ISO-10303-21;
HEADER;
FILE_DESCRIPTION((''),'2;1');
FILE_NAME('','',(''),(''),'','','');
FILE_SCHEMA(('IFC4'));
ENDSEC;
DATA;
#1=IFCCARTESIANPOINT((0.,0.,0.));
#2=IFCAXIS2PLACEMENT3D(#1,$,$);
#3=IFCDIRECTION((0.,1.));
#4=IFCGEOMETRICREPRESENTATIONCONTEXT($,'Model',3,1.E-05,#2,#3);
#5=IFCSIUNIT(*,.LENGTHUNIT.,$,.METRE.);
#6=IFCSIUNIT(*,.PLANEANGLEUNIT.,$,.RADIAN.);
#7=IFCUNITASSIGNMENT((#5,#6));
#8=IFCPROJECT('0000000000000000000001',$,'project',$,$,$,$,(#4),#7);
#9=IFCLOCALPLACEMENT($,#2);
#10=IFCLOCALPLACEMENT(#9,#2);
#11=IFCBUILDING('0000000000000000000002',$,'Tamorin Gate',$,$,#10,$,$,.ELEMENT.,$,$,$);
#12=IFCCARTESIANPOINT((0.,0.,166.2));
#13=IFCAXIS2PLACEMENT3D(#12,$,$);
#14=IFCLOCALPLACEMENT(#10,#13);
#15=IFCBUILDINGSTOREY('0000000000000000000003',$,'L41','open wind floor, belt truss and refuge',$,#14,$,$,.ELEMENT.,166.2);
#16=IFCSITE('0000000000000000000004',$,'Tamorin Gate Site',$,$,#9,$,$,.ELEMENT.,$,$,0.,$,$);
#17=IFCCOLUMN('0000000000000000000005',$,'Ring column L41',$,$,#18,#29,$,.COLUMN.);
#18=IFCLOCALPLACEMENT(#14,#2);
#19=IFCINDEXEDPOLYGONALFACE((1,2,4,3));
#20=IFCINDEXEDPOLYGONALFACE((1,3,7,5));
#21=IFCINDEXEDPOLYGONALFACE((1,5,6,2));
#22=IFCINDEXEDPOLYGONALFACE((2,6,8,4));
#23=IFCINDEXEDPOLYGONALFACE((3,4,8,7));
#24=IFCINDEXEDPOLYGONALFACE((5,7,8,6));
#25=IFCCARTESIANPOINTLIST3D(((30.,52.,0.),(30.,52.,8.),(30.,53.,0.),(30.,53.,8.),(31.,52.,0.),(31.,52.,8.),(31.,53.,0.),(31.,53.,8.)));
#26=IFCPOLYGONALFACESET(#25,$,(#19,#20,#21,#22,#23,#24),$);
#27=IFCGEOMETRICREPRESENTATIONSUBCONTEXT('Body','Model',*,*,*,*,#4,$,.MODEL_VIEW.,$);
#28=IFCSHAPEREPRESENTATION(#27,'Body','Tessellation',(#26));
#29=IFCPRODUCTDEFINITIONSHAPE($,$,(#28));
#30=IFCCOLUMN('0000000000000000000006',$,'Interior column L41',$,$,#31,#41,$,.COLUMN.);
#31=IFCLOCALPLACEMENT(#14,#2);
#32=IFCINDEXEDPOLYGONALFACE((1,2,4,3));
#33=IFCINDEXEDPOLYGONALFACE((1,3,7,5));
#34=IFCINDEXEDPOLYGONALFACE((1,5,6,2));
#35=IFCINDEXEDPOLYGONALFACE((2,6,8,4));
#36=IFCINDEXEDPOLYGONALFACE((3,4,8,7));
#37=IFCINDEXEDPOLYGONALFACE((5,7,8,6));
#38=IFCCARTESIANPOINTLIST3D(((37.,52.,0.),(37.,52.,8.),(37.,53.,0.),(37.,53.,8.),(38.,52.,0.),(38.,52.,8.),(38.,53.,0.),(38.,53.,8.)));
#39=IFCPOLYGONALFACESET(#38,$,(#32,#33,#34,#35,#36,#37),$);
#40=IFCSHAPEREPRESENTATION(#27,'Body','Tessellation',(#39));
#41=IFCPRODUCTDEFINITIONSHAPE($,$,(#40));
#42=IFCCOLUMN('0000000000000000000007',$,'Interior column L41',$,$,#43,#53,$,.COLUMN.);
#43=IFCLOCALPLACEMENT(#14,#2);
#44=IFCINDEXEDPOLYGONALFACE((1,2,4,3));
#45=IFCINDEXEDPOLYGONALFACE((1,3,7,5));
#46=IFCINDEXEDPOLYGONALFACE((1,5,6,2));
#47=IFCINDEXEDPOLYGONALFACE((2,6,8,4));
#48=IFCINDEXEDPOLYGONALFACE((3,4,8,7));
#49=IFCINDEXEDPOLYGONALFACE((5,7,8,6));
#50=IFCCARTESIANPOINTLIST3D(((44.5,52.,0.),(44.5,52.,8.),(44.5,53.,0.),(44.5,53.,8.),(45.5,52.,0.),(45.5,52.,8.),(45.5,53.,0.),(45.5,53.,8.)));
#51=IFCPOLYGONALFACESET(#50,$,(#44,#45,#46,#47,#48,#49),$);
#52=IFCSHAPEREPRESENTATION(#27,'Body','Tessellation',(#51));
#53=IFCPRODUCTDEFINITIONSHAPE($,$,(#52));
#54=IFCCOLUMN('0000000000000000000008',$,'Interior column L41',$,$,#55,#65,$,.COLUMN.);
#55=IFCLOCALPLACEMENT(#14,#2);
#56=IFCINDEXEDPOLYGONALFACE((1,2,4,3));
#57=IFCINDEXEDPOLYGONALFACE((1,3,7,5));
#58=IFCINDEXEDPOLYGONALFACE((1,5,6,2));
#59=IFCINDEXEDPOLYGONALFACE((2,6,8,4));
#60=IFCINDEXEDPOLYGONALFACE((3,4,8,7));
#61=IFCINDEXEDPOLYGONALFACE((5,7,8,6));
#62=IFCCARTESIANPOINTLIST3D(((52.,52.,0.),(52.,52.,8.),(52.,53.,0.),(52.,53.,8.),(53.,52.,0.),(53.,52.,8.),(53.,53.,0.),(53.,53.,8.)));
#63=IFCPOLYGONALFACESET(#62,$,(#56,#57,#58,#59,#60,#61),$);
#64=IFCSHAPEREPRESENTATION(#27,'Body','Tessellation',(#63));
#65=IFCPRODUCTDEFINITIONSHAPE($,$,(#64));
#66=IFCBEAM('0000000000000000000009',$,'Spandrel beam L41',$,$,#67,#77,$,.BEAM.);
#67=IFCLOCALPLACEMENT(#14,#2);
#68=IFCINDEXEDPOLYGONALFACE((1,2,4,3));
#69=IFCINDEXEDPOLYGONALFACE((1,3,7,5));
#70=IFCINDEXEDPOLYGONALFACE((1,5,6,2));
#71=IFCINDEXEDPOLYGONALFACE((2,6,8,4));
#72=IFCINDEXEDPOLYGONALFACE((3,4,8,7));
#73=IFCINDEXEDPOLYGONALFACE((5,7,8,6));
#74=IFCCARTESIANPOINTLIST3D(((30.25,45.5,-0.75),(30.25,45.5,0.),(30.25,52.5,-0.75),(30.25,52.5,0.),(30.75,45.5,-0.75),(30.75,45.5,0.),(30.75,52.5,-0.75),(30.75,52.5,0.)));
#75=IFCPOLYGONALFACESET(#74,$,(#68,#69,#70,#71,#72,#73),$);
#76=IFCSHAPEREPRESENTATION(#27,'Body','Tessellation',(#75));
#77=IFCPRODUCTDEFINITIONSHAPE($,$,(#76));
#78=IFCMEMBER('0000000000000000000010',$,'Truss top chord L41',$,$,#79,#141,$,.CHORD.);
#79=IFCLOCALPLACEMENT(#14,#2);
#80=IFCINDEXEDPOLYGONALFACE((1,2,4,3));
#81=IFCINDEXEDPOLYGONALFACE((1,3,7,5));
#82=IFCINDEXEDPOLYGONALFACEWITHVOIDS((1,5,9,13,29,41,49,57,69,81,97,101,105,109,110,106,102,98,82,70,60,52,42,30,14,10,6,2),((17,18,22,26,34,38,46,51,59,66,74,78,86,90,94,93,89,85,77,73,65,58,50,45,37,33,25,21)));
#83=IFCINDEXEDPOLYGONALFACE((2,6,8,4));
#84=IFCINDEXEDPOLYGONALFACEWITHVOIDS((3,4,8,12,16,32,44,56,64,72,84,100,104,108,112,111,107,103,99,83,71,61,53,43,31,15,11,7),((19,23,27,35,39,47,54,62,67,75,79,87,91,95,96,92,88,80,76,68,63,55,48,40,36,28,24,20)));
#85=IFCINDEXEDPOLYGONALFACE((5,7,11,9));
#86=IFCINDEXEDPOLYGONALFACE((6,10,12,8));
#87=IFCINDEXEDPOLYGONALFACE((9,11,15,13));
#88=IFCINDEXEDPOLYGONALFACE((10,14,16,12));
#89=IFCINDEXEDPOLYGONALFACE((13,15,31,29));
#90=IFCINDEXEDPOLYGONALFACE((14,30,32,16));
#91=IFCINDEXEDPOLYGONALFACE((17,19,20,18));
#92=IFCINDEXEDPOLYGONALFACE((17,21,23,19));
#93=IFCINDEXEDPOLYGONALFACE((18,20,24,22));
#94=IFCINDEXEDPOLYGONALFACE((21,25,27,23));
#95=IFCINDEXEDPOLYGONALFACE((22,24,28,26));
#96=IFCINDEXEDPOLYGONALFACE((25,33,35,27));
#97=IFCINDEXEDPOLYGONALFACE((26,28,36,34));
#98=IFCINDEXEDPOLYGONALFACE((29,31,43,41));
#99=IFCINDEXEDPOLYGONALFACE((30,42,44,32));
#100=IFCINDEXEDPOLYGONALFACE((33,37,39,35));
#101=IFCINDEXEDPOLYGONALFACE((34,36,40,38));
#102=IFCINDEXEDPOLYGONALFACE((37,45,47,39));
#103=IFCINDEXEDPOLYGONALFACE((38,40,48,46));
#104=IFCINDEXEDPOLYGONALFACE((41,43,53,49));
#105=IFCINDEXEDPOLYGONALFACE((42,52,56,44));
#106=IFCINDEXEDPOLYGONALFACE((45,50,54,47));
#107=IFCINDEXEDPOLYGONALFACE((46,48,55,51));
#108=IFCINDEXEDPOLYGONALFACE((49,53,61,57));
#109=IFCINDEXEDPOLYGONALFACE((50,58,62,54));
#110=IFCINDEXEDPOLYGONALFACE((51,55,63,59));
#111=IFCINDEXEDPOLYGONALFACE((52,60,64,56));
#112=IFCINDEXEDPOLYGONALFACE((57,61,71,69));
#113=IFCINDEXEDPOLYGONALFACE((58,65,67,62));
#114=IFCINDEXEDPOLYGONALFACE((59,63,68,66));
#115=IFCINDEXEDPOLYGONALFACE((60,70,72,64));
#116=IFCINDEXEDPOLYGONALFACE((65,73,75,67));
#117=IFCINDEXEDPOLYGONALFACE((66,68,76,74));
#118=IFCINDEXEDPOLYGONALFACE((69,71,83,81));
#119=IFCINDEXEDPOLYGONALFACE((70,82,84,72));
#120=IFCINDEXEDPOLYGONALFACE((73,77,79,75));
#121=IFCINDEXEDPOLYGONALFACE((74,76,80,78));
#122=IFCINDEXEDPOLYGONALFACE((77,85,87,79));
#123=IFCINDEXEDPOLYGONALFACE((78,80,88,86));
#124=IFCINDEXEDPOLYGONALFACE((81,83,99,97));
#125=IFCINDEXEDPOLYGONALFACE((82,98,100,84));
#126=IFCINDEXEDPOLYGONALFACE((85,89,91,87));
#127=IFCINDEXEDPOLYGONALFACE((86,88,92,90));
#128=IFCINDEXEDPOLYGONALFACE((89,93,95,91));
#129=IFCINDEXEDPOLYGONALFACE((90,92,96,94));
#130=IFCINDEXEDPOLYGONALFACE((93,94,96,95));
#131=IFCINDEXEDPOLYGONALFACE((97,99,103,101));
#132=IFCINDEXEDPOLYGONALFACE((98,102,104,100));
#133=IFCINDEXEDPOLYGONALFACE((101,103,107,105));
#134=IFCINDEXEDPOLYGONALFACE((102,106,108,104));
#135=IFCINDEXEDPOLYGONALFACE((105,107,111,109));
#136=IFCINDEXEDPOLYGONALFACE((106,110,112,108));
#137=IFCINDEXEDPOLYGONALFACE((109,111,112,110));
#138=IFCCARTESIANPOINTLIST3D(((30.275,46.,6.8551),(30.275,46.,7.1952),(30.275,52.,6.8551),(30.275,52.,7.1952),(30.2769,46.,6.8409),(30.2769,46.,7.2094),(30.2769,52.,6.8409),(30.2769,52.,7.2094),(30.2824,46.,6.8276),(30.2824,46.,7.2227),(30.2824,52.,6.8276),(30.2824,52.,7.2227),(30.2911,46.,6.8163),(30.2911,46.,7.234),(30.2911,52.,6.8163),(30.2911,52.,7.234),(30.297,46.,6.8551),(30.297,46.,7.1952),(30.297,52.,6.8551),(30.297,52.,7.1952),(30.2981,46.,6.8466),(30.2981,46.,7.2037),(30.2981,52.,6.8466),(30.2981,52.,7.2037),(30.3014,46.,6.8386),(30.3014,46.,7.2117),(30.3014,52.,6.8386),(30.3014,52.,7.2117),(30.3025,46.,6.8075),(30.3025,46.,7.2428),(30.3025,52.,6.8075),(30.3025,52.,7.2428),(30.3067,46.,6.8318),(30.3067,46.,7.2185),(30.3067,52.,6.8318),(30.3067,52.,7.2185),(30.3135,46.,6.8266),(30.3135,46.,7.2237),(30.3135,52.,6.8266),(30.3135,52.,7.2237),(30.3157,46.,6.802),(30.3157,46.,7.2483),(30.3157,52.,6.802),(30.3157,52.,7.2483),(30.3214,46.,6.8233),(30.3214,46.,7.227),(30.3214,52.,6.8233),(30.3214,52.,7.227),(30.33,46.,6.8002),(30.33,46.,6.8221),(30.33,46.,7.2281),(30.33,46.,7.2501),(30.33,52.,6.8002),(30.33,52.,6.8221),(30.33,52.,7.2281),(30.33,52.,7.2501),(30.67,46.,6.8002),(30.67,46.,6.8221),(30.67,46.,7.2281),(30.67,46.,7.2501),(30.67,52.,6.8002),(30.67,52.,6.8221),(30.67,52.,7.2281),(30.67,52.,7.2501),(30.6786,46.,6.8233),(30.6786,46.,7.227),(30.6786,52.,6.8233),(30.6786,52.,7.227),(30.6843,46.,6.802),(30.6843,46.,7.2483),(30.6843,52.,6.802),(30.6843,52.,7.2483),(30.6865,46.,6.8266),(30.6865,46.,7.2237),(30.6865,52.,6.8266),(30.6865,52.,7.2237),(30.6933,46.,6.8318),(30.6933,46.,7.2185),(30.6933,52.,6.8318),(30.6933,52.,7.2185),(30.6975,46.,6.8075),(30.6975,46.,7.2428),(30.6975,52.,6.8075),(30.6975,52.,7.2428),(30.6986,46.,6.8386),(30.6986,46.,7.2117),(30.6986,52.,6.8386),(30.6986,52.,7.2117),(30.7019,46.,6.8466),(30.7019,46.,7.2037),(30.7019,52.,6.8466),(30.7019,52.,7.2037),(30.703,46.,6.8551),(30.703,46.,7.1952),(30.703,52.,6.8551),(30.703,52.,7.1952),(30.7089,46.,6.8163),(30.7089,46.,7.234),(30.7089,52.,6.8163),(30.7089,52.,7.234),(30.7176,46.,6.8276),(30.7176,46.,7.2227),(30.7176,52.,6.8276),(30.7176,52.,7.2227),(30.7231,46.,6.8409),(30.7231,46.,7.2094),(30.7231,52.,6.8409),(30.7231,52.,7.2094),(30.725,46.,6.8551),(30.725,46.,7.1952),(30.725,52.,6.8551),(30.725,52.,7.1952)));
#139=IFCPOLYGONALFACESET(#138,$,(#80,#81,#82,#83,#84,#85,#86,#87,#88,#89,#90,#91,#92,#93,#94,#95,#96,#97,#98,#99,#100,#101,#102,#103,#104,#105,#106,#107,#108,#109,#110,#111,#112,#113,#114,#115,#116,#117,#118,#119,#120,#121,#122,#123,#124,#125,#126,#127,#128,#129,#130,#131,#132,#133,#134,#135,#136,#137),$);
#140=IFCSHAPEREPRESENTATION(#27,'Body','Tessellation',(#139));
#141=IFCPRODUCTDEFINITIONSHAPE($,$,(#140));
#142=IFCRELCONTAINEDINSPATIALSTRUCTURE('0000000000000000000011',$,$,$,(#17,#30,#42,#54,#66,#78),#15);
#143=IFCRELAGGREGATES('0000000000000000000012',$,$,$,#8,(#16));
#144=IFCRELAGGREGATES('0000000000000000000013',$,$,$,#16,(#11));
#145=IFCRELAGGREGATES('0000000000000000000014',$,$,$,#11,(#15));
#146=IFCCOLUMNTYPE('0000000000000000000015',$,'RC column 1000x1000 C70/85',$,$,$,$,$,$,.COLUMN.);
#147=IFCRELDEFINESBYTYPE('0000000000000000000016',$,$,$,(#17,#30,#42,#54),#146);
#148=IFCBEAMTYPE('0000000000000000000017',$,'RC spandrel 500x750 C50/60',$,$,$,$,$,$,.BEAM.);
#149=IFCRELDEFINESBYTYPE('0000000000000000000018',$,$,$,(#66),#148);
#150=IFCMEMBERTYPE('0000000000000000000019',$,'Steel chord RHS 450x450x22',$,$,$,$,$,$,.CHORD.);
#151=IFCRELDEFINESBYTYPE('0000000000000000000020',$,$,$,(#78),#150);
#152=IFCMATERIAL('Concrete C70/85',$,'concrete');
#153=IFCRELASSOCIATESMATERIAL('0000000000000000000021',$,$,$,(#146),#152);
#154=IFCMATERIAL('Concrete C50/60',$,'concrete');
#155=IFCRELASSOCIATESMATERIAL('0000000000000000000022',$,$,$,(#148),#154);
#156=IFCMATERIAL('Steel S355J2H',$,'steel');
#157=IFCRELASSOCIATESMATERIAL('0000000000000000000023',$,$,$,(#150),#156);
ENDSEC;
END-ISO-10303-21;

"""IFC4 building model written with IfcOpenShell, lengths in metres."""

from ifc_helpers import new_model, si_unit, direction, frame, origin, origin_2d, place, context, subcontext, project, spatial, rectangle, hollow_rectangle, extrude, material, material_profile, profile_set, type_object, element, save


model = new_model("IFC4")

# Units and contexts
model_context = context("Model", 3, precision=1e-05, world=origin(), true_north=direction((0.0, 1.0)))
body_context = subcontext(model_context, "Body", "Model", "MODEL_VIEW")
ifc_project = project(units=[si_unit("LENGTHUNIT", "METRE"), si_unit("PLANEANGLEUNIT", "RADIAN")], contexts=[model_context])

# Site, building, storey
site_placement = place(None, origin())
site = spatial("IfcSite", under=ifc_project, at=site_placement, Name="Tamorin Gate Site", CompositionType="ELEMENT", RefElevation=0.0)
building_placement = place(site_placement, origin())
building = spatial("IfcBuilding", under=site, at=building_placement, Name="Tamorin Gate", CompositionType="ELEMENT")
storey_placement = place(building_placement, frame((0.0, 0.0, 166.2)))
storey = spatial("IfcBuildingStorey", under=building, at=storey_placement, Name="L41", Description="open wind floor, belt truss and refuge", CompositionType="ELEMENT", Elevation=166.2)

# Columns
ifc_material_1 = material(Name="Concrete C70/85", Category="concrete")
ifc_material_profile_1 = material_profile(ifc_material_1, rectangle(XDim=1.0, YDim=1.0, at=origin_2d()), Name="RC 1000x1000")
ifc_profile_set_1 = profile_set([ifc_material_profile_1], Name="Concrete C70/85")
column_type = type_object("IfcColumnType", Name="RC column 1000x1000 C70/85", PredefinedType="COLUMN", material=ifc_profile_set_1)
for number, where, z_axis, x_axis, name in (
    (1, (30.5, 52.5, 0.0), (0.0, 0.0, 1.0), (1.0, 0.0, 0.0), "Ring column L41"),
    (2, (37.5, 52.5, 0.0), (0.0, 0.0, 1.0), (1.0, 0.0, 0.0), "Interior column L41"),
    (3, (45.0, 52.5, 0.0), (0.0, 0.0, 1.0), (1.0, 0.0, 0.0), "Interior column L41"),
    (4, (52.5, 52.5, 0.0), (0.0, 0.0, 1.0), (1.0, 0.0, 0.0), "Interior column L41"),
):
    element("IfcColumn", number, at=place(storey_placement, frame(where, z_axis=z_axis, x_axis=x_axis)), inside=storey, type_object=column_type, Name=name, PredefinedType="COLUMN", context=body_context, shape_type="SweptSolid", body=[
        extrude(rectangle(XDim=1.0, YDim=1.0, at=origin_2d()), origin(), (0.0, 0.0, 1.0), 8.0),
    ])

# Beam
ifc_material_2 = material(Name="Concrete C50/60", Category="concrete")
ifc_material_profile_2 = material_profile(ifc_material_2, rectangle(XDim=0.5, YDim=0.75, at=origin_2d()), Name="RC 500x750")
ifc_profile_set_2 = profile_set([ifc_material_profile_2], Name="Concrete C50/60")
beam_type = type_object("IfcBeamType", Name="RC spandrel 500x750 C50/60", PredefinedType="BEAM", material=ifc_profile_set_2)
beam_placement = place(storey_placement, frame((30.5, 52.5, -0.375), z_axis=(0.0, -1.0, 0.0), x_axis=(1.0, 0.0, 0.0)))
element("IfcBeam", 5, at=beam_placement, inside=storey, type_object=beam_type, Name="Spandrel beam L41", PredefinedType="BEAM", context=body_context, shape_type="SweptSolid", body=[
    extrude(rectangle(XDim=0.5, YDim=0.75, at=origin_2d()), origin(), (0.0, 0.0, 1.0), 7.0),
])

# Member
ifc_material_3 = material(Name="Steel S355J2H", Category="steel")
ifc_material_profile_3 = material_profile(ifc_material_3, hollow_rectangle(XDim=0.45, YDim=0.45, WallThickness=0.022, InnerFilletRadius=0.033, OuterFilletRadius=0.0549, at=origin_2d()), Name="RHS 450x450x22")
ifc_profile_set_3 = profile_set([ifc_material_profile_3], Name="Steel S355J2H")
member_type_1 = type_object("IfcMemberType", Name="Steel chord RHS 450x450x22", PredefinedType="CHORD", material=ifc_profile_set_3)
member_1_placement = place(storey_placement, frame((30.5, 52.0, 7.0251), z_axis=(0.0, -1.0, 0.0), x_axis=(1.0, 0.0, 0.0)))
element("IfcMember", 6, at=member_1_placement, inside=storey, type_object=member_type_1, Name="Truss top chord L41", PredefinedType="CHORD", context=body_context, shape_type="SweptSolid", body=[
    extrude(hollow_rectangle(XDim=0.45, YDim=0.45, WallThickness=0.022, InnerFilletRadius=0.033, OuterFilletRadius=0.0549, at=origin_2d()), origin(), (0.0, 0.0, 1.0), 6.0),
])

save(model, "model.ifc")
